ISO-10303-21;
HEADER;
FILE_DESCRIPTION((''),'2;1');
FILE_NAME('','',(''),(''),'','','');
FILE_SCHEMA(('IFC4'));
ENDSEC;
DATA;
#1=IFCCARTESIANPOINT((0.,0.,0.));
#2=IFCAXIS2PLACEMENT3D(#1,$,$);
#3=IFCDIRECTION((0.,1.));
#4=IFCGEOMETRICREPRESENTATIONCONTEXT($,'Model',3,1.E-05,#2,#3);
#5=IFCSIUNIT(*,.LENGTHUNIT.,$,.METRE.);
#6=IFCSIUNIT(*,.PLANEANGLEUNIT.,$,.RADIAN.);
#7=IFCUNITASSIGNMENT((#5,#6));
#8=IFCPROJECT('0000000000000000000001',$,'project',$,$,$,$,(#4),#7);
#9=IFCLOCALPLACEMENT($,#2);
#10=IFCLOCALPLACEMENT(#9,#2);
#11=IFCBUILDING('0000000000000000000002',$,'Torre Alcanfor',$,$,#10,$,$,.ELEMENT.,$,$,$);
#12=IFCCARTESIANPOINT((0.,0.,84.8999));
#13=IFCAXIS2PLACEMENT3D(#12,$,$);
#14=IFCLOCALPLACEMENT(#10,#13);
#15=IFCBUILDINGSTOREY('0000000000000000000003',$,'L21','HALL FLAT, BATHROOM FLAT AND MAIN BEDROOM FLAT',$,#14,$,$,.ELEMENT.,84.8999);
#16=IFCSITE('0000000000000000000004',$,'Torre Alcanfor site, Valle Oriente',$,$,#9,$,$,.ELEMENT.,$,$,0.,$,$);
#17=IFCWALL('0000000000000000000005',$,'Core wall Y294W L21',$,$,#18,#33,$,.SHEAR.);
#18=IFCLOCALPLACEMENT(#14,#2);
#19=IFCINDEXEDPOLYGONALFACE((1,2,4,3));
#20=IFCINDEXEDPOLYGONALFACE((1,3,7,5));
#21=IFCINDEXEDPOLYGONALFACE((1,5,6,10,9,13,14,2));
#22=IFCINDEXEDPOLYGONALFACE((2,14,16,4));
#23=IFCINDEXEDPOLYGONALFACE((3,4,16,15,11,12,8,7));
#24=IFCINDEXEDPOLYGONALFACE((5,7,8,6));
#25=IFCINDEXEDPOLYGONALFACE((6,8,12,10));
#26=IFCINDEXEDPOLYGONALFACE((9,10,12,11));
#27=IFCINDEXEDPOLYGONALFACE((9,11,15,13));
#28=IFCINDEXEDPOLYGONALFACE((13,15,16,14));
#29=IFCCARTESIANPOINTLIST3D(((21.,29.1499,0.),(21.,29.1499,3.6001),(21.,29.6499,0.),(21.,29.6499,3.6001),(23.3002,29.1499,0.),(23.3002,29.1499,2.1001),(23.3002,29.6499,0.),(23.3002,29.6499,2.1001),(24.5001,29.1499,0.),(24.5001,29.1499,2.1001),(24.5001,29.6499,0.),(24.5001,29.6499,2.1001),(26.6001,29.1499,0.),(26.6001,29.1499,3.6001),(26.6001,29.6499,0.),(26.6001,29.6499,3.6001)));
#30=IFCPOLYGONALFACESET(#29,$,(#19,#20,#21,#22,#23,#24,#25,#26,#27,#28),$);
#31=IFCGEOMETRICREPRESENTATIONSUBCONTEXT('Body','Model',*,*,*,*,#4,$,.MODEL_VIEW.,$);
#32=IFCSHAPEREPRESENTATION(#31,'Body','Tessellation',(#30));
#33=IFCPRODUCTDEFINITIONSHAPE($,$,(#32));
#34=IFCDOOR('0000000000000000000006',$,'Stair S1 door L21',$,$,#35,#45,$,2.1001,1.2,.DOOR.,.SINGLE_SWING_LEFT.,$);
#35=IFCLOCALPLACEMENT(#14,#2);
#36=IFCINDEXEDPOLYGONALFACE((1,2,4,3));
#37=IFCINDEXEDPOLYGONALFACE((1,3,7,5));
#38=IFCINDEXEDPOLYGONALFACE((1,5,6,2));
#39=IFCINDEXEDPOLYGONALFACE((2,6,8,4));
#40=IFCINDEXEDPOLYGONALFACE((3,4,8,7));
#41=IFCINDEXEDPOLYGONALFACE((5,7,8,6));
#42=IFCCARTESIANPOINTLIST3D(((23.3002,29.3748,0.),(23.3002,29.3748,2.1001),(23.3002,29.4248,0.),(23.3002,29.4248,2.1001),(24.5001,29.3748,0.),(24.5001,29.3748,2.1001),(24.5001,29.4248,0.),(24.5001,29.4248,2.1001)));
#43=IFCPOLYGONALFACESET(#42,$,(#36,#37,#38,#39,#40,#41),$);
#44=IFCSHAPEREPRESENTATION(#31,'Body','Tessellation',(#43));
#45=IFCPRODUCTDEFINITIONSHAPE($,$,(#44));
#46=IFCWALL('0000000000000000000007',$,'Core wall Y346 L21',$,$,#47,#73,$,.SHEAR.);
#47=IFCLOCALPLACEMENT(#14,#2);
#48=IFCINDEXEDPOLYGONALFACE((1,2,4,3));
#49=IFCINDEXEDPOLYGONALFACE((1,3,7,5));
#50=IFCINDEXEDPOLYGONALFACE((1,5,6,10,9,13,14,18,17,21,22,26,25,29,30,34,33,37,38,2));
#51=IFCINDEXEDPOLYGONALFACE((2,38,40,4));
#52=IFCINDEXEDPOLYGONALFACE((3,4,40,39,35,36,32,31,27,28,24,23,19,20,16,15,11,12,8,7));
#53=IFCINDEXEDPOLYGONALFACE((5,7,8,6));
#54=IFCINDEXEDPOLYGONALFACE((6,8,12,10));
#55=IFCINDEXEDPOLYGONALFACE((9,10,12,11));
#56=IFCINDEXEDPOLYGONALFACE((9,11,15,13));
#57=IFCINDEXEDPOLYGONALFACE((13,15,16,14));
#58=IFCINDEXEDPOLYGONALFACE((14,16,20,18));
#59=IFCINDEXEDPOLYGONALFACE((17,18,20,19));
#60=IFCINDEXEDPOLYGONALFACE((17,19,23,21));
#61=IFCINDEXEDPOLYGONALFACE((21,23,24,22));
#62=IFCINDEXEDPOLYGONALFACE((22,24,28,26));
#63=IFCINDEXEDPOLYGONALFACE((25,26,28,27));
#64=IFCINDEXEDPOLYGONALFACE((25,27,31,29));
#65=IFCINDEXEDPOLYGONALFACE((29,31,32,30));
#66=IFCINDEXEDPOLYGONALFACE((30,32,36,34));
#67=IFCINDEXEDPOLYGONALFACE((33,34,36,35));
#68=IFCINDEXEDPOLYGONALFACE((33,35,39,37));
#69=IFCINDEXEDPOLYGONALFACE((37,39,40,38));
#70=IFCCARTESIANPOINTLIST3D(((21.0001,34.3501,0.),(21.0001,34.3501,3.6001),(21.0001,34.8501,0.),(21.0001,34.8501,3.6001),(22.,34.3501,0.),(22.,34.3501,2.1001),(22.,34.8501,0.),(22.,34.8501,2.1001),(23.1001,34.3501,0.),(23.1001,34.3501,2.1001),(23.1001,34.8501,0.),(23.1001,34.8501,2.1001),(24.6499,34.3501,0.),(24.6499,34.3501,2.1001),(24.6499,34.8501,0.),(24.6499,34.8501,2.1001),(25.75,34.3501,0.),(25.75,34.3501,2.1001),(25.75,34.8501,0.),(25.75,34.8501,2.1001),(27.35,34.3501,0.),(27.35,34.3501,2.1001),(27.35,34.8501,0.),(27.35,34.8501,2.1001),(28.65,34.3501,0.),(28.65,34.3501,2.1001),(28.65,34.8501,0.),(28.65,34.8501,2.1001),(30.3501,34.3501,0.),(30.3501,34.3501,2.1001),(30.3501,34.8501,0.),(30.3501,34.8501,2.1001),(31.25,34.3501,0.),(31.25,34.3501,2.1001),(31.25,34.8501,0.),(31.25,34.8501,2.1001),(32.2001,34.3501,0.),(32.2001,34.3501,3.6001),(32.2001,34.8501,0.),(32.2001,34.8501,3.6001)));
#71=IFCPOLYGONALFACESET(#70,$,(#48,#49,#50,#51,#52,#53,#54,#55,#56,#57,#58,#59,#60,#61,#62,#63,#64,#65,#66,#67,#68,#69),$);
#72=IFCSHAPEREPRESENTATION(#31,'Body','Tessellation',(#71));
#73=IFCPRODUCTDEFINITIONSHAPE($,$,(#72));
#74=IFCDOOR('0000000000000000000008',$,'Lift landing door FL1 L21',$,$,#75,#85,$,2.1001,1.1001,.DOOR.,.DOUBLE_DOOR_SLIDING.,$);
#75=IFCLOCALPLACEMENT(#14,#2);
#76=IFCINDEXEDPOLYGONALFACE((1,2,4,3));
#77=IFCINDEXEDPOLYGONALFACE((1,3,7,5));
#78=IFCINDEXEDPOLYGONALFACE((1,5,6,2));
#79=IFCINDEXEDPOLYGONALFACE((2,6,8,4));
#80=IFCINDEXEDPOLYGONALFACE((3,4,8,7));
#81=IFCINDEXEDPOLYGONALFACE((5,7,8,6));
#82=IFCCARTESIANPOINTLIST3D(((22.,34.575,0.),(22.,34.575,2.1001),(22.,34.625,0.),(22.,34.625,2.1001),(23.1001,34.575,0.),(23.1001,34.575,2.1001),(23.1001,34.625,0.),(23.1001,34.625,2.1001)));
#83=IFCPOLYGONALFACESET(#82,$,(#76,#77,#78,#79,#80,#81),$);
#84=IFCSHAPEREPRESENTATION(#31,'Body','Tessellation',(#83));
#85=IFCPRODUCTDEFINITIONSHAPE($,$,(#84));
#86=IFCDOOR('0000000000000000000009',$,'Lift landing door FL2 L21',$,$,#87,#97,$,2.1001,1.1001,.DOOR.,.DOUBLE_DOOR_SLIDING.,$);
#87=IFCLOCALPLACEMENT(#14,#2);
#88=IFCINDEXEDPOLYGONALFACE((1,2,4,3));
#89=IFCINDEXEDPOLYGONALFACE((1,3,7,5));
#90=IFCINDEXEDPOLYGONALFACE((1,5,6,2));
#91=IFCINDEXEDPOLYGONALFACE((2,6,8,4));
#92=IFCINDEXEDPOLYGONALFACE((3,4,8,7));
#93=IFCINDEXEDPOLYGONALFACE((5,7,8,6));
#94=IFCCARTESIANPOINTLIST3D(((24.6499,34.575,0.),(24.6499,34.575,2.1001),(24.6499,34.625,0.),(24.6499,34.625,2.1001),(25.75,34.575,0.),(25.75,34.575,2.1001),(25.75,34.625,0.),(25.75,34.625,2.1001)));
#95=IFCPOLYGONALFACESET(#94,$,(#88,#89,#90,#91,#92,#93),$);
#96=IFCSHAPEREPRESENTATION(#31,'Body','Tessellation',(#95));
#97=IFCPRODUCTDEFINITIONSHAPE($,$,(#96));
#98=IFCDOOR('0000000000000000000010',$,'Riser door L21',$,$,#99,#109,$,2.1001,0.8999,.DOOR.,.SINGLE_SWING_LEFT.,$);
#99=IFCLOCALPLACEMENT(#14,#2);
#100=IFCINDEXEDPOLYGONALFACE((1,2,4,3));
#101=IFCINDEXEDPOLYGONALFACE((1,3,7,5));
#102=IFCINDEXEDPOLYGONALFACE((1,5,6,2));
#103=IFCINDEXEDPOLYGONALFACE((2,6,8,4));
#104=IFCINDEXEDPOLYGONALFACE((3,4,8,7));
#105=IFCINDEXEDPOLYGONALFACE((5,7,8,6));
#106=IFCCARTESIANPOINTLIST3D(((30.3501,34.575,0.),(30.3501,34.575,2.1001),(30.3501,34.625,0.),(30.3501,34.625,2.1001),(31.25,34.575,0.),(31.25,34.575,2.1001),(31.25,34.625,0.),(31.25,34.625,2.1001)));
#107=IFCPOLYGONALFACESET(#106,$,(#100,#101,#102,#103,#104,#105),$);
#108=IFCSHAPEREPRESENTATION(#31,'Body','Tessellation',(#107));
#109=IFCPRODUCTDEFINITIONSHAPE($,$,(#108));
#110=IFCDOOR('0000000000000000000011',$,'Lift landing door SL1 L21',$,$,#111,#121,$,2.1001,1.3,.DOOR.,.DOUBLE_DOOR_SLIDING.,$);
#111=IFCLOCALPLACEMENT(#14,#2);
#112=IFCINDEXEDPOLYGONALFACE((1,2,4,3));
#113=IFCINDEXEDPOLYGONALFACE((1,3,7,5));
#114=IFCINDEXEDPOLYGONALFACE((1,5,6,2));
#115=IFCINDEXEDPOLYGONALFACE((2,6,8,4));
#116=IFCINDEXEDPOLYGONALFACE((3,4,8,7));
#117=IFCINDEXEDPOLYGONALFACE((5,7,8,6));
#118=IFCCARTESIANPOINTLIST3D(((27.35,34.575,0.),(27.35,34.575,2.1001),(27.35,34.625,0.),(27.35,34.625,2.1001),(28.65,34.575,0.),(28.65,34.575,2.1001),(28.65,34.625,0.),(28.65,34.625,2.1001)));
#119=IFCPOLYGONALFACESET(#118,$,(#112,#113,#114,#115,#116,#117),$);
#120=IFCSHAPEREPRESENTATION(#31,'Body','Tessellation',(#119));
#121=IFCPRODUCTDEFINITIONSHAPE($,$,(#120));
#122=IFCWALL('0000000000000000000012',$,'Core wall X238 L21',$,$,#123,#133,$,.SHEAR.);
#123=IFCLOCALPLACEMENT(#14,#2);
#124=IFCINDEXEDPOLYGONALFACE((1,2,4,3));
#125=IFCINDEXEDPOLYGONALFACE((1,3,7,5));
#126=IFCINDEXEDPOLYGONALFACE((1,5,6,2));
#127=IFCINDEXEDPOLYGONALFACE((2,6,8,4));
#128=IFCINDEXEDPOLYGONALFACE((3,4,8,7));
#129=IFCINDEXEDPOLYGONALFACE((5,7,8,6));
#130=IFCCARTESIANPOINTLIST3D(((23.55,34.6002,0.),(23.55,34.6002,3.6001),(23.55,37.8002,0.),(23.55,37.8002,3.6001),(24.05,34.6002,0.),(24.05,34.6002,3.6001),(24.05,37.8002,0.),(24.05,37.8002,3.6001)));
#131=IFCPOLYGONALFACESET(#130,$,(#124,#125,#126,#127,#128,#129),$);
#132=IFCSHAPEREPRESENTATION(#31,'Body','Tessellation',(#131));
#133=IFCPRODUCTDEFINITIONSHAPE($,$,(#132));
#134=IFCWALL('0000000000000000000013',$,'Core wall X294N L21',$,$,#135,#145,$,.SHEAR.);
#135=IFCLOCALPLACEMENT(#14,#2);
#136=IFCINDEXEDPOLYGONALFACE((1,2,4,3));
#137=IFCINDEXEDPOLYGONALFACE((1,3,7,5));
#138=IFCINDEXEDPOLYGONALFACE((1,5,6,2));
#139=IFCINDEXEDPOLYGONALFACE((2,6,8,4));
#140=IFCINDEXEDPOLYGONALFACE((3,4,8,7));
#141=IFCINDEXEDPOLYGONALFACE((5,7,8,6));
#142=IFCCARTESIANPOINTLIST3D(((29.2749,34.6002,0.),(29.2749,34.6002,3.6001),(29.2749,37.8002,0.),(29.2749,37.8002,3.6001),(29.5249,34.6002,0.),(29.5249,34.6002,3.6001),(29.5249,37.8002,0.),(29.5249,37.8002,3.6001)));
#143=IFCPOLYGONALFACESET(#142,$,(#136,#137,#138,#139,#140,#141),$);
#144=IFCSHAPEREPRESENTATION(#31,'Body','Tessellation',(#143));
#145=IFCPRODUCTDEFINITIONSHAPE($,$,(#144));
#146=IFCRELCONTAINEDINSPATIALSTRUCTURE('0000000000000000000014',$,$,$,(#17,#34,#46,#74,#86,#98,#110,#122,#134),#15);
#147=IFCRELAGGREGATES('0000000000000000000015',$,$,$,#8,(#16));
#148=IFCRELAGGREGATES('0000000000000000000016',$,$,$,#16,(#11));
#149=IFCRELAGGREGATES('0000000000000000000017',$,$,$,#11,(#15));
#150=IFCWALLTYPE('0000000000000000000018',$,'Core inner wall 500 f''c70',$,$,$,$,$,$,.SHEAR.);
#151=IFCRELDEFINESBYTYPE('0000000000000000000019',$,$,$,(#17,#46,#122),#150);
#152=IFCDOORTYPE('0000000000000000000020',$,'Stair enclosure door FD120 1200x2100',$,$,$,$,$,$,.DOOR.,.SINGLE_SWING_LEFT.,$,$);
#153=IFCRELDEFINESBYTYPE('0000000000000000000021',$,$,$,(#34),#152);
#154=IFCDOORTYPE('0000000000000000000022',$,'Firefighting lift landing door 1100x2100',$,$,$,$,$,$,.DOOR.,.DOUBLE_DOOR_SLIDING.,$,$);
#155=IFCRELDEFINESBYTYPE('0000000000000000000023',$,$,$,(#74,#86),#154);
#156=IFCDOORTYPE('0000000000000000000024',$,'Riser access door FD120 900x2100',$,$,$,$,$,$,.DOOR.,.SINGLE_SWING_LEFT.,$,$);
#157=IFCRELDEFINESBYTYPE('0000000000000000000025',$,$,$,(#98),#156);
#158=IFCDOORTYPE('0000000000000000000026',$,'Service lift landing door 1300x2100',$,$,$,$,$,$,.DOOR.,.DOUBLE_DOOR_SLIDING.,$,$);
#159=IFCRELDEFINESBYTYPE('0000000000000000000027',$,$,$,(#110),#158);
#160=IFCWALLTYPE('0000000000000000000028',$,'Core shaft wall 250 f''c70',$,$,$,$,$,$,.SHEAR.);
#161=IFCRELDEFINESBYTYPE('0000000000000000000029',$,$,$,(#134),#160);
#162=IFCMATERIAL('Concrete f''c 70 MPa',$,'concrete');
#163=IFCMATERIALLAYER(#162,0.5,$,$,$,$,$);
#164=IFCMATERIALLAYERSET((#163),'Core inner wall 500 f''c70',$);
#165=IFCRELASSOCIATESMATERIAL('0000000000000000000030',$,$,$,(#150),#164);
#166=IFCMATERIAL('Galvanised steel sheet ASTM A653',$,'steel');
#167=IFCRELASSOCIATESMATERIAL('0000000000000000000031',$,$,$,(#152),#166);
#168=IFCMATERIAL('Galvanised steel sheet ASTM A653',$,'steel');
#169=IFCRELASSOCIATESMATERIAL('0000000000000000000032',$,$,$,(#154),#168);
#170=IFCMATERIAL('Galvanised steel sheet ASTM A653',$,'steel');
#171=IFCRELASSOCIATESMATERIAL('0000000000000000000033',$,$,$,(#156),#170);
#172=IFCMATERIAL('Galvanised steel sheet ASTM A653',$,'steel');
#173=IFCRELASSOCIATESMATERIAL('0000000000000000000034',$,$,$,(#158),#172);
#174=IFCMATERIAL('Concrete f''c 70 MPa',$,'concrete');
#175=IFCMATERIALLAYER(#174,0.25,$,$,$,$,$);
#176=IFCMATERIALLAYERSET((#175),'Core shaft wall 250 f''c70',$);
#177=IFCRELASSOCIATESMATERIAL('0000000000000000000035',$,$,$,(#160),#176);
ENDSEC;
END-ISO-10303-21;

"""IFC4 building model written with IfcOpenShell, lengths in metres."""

from ifc_helpers import new_model, si_unit, direction, frame, frame_2d, origin, place, context, subcontext, project, spatial, rectangle, extrude, material, layer, layer_set, type_object, element, fill, save


model = new_model("IFC4")

# Units and contexts
model_context = context("Model", 3, precision=1e-05, world=origin(), true_north=direction((0.0, 1.0)))
body_context = subcontext(model_context, "Body", "Model", "MODEL_VIEW")
ifc_project = project(units=[si_unit("LENGTHUNIT", "METRE"), si_unit("PLANEANGLEUNIT", "RADIAN")], contexts=[model_context])

# Site, building, storey
site_placement = place(None, origin())
site = spatial("IfcSite", under=ifc_project, at=site_placement, Name="Torre Alcanfor site, Valle Oriente", CompositionType="ELEMENT", RefElevation=0.0)
building_placement = place(site_placement, origin())
building = spatial("IfcBuilding", under=site, at=building_placement, Name="Torre Alcanfor", CompositionType="ELEMENT")
storey_placement = place(building_placement, frame((0.0, 0.0, 84.8999)))
storey = spatial("IfcBuildingStorey", under=building, at=storey_placement, Name="L21", Description="HALL FLAT, BATHROOM FLAT AND MAIN BEDROOM FLAT", CompositionType="ELEMENT", Elevation=84.8999)

# Wall, opening, door
ifc_material_1 = material(Name="Concrete f'c 70 MPa", Category="concrete")
ifc_layer_1 = layer(ifc_material_1, 0.5)
ifc_layer_set_1 = layer_set([ifc_layer_1], Name="Core inner wall 500 f'c70")
wall_type_1 = type_object("IfcWallType", Name="Core inner wall 500 f'c70", PredefinedType="SHEAR", material=ifc_layer_set_1)
wall_1_placement = place(storey_placement, frame((21.0, 29.3999, 0.0), z_axis=(0.0, 0.0, 1.0), x_axis=(1.0, 0.0, 0.0)))
wall_1 = element("IfcWall", 1, at=wall_1_placement, inside=storey, type_object=wall_type_1, Name="Core wall Y294W L21", PredefinedType="SHEAR", context=body_context, shape_type="SweptSolid", body=[
    extrude(rectangle(XDim=5.6001, YDim=0.5, at=frame_2d((2.8, 0.0))), origin(), (0.0, 0.0, 1.0), 3.6001),
])
opening_1_placement = place(wall_1_placement, frame((2.3, 0.0, 0.0)))
opening_1 = element("IfcOpeningElement", 2, at=opening_1_placement, cuts=wall_1, PredefinedType="OPENING", context=body_context, shape_type="SweptSolid", body=[
    extrude(rectangle(XDim=1.2, YDim=2.1001, at=frame_2d((0.6001, 1.05))), frame((0.0, 0.26, 0.0), z_axis=(0.0, -1.0, 0.0), x_axis=(1.0, 0.0, 0.0)), (0.0, 0.0, 1.0), 0.52),
])
ifc_material_2 = material(Name="Galvanised steel sheet ASTM A653", Category="steel")
door_type_1 = type_object("IfcDoorType", Name="Stair enclosure door FD120 1200x2100", OperationType="SINGLE_SWING_LEFT", PredefinedType="DOOR", material=ifc_material_2)
door_1_placement = place(opening_1_placement, frame((1.2, 0.0, 0.0), z_axis=(0.0, 0.0, 1.0), x_axis=(-1.0, 0.0, 0.0)))
door_1 = element("IfcDoor", 3, at=door_1_placement, inside=storey, type_object=door_type_1, Name="Stair S1 door L21", OperationType="SINGLE_SWING_LEFT", OverallHeight=2.1001, OverallWidth=1.2, PredefinedType="DOOR", context=body_context, shape_type="SweptSolid", body=[
    extrude(rectangle(XDim=1.2, YDim=2.1001, at=frame_2d((0.5999, 1.05))), frame((0.0, 0.0251, 0.0), z_axis=(0.0, -1.0, 0.0), x_axis=(1.0, 0.0, 0.0)), (0.0, 0.0, 1.0), 0.05),
])
fill(opening_1, door_1)

# Wall, openings, doors
wall_2_placement = place(storey_placement, frame((21.0, 34.6001, 0.0), z_axis=(0.0, 0.0, 1.0), x_axis=(1.0, 0.0, 0.0)))
wall_2 = element("IfcWall", 4, at=wall_2_placement, inside=storey, type_object=wall_type_1, Name="Core wall Y346 L21", PredefinedType="SHEAR", context=body_context, shape_type="SweptSolid", body=[
    extrude(rectangle(XDim=11.2, YDim=0.5, at=frame_2d((5.6001, 0.0))), origin(), (0.0, 0.0, 1.0), 3.6001),
])
opening_2_placement = place(wall_2_placement, frame((9.3501, 0.0, 0.0)))
opening_2 = element("IfcOpeningElement", 5, at=opening_2_placement, cuts=wall_2, PredefinedType="OPENING", context=body_context, shape_type="SweptSolid", body=[
    extrude(rectangle(XDim=0.8999, YDim=2.1001, at=frame_2d((0.45, 1.05))), frame((0.0, 0.26, 0.0), z_axis=(0.0, -1.0, 0.0), x_axis=(1.0, 0.0, 0.0)), (0.0, 0.0, 1.0), 0.52),
])
opening_3_placement = place(wall_2_placement, frame((1.0, 0.0, 0.0)))
opening_3 = element("IfcOpeningElement", 6, at=opening_3_placement, cuts=wall_2, PredefinedType="OPENING", context=body_context, shape_type="SweptSolid", body=[
    extrude(rectangle(XDim=1.1001, YDim=2.1001, at=frame_2d((0.55, 1.05))), frame((0.0, 0.26, 0.0), z_axis=(0.0, -1.0, 0.0), x_axis=(1.0, 0.0, 0.0)), (0.0, 0.0, 1.0), 0.52),
])
opening_4_placement = place(wall_2_placement, frame((3.6499, 0.0, 0.0)))
opening_4 = element("IfcOpeningElement", 7, at=opening_4_placement, cuts=wall_2, PredefinedType="OPENING", context=body_context, shape_type="SweptSolid", body=[
    extrude(rectangle(XDim=1.1001, YDim=2.1001, at=frame_2d((0.55, 1.05))), frame((0.0, 0.26, 0.0), z_axis=(0.0, -1.0, 0.0), x_axis=(1.0, 0.0, 0.0)), (0.0, 0.0, 1.0), 0.52),
])
opening_5_placement = place(wall_2_placement, frame((6.3501, 0.0, 0.0)))
opening_5 = element("IfcOpeningElement", 8, at=opening_5_placement, cuts=wall_2, PredefinedType="OPENING", context=body_context, shape_type="SweptSolid", body=[
    extrude(rectangle(XDim=1.3, YDim=2.1001, at=frame_2d((0.6499, 1.05))), frame((0.0, 0.26, 0.0), z_axis=(0.0, -1.0, 0.0), x_axis=(1.0, 0.0, 0.0)), (0.0, 0.0, 1.0), 0.52),
])
ifc_material_3 = material(Name="Galvanised steel sheet ASTM A653", Category="steel")
door_type_2 = type_object("IfcDoorType", Name="Firefighting lift landing door 1100x2100", OperationType="DOUBLE_DOOR_SLIDING", PredefinedType="DOOR", material=ifc_material_3)
door_2_placement = place(opening_3_placement, origin())
door_2 = element("IfcDoor", 9, at=door_2_placement, inside=storey, type_object=door_type_2, Name="Lift landing door FL1 L21", OperationType="DOUBLE_DOOR_SLIDING", OverallHeight=2.1001, OverallWidth=1.1001, PredefinedType="DOOR", context=body_context, shape_type="SweptSolid", body=[
    extrude(rectangle(XDim=1.1001, YDim=2.1001, at=frame_2d((0.55, 1.05))), frame((0.0, 0.0249, 0.0), z_axis=(0.0, -1.0, 0.0), x_axis=(1.0, 0.0, 0.0)), (0.0, 0.0, 1.0), 0.05),
])
fill(opening_3, door_2)
door_3_placement = place(opening_4_placement, origin())
door_3 = element("IfcDoor", 10, at=door_3_placement, inside=storey, type_object=door_type_2, Name="Lift landing door FL2 L21", OperationType="DOUBLE_DOOR_SLIDING", OverallHeight=2.1001, OverallWidth=1.1001, PredefinedType="DOOR", context=body_context, shape_type="SweptSolid", body=[
    extrude(rectangle(XDim=1.1001, YDim=2.1001, at=frame_2d((0.55, 1.05))), frame((0.0, 0.0249, 0.0), z_axis=(0.0, -1.0, 0.0), x_axis=(1.0, 0.0, 0.0)), (0.0, 0.0, 1.0), 0.05),
])
fill(opening_4, door_3)
ifc_material_4 = material(Name="Galvanised steel sheet ASTM A653", Category="steel")
door_type_3 = type_object("IfcDoorType", Name="Riser access door FD120 900x2100", OperationType="SINGLE_SWING_LEFT", PredefinedType="DOOR", material=ifc_material_4)
door_4_placement = place(opening_2_placement, origin())
door_4 = element("IfcDoor", 11, at=door_4_placement, inside=storey, type_object=door_type_3, Name="Riser door L21", OperationType="SINGLE_SWING_LEFT", OverallHeight=2.1001, OverallWidth=0.8999, PredefinedType="DOOR", context=body_context, shape_type="SweptSolid", body=[
    extrude(rectangle(XDim=0.8999, YDim=2.1001, at=frame_2d((0.45, 1.05))), frame((0.0, 0.0249, 0.0), z_axis=(0.0, -1.0, 0.0), x_axis=(1.0, 0.0, 0.0)), (0.0, 0.0, 1.0), 0.05),
])
fill(opening_2, door_4)
ifc_material_5 = material(Name="Galvanised steel sheet ASTM A653", Category="steel")
door_type_4 = type_object("IfcDoorType", Name="Service lift landing door 1300x2100", OperationType="DOUBLE_DOOR_SLIDING", PredefinedType="DOOR", material=ifc_material_5)
door_5_placement = place(opening_5_placement, origin())
door_5 = element("IfcDoor", 12, at=door_5_placement, inside=storey, type_object=door_type_4, Name="Lift landing door SL1 L21", OperationType="DOUBLE_DOOR_SLIDING", OverallHeight=2.1001, OverallWidth=1.3, PredefinedType="DOOR", context=body_context, shape_type="SweptSolid", body=[
    extrude(rectangle(XDim=1.3, YDim=2.1001, at=frame_2d((0.6499, 1.05))), frame((0.0, 0.0249, 0.0), z_axis=(0.0, -1.0, 0.0), x_axis=(1.0, 0.0, 0.0)), (0.0, 0.0, 1.0), 0.05),
])
fill(opening_5, door_5)

# Walls
wall_3_placement = place(storey_placement, frame((23.8, 34.6001, 0.0), z_axis=(0.0, 0.0, 1.0), x_axis=(0.0, 1.0, 0.0)))
element("IfcWall", 13, at=wall_3_placement, inside=storey, type_object=wall_type_1, Name="Core wall X238 L21", PredefinedType="SHEAR", context=body_context, shape_type="SweptSolid", body=[
    extrude(rectangle(XDim=3.2, YDim=0.5, at=frame_2d((1.6001, 0.0))), origin(), (0.0, 0.0, 1.0), 3.6001),
])
ifc_material_6 = material(Name="Concrete f'c 70 MPa", Category="concrete")
ifc_layer_2 = layer(ifc_material_6, 0.25)
ifc_layer_set_2 = layer_set([ifc_layer_2], Name="Core shaft wall 250 f'c70")
wall_type_2 = type_object("IfcWallType", Name="Core shaft wall 250 f'c70", PredefinedType="SHEAR", material=ifc_layer_set_2)
wall_4_placement = place(storey_placement, frame((29.3999, 34.6001, 0.0), z_axis=(0.0, 0.0, 1.0), x_axis=(0.0, 1.0, 0.0)))
element("IfcWall", 14, at=wall_4_placement, inside=storey, type_object=wall_type_2, Name="Core wall X294N L21", PredefinedType="SHEAR", context=body_context, shape_type="SweptSolid", body=[
    extrude(rectangle(XDim=3.2, YDim=0.25, at=frame_2d((1.6001, 0.0))), origin(), (0.0, 0.0, 1.0), 3.6001),
])

save(model, "model.ifc")
